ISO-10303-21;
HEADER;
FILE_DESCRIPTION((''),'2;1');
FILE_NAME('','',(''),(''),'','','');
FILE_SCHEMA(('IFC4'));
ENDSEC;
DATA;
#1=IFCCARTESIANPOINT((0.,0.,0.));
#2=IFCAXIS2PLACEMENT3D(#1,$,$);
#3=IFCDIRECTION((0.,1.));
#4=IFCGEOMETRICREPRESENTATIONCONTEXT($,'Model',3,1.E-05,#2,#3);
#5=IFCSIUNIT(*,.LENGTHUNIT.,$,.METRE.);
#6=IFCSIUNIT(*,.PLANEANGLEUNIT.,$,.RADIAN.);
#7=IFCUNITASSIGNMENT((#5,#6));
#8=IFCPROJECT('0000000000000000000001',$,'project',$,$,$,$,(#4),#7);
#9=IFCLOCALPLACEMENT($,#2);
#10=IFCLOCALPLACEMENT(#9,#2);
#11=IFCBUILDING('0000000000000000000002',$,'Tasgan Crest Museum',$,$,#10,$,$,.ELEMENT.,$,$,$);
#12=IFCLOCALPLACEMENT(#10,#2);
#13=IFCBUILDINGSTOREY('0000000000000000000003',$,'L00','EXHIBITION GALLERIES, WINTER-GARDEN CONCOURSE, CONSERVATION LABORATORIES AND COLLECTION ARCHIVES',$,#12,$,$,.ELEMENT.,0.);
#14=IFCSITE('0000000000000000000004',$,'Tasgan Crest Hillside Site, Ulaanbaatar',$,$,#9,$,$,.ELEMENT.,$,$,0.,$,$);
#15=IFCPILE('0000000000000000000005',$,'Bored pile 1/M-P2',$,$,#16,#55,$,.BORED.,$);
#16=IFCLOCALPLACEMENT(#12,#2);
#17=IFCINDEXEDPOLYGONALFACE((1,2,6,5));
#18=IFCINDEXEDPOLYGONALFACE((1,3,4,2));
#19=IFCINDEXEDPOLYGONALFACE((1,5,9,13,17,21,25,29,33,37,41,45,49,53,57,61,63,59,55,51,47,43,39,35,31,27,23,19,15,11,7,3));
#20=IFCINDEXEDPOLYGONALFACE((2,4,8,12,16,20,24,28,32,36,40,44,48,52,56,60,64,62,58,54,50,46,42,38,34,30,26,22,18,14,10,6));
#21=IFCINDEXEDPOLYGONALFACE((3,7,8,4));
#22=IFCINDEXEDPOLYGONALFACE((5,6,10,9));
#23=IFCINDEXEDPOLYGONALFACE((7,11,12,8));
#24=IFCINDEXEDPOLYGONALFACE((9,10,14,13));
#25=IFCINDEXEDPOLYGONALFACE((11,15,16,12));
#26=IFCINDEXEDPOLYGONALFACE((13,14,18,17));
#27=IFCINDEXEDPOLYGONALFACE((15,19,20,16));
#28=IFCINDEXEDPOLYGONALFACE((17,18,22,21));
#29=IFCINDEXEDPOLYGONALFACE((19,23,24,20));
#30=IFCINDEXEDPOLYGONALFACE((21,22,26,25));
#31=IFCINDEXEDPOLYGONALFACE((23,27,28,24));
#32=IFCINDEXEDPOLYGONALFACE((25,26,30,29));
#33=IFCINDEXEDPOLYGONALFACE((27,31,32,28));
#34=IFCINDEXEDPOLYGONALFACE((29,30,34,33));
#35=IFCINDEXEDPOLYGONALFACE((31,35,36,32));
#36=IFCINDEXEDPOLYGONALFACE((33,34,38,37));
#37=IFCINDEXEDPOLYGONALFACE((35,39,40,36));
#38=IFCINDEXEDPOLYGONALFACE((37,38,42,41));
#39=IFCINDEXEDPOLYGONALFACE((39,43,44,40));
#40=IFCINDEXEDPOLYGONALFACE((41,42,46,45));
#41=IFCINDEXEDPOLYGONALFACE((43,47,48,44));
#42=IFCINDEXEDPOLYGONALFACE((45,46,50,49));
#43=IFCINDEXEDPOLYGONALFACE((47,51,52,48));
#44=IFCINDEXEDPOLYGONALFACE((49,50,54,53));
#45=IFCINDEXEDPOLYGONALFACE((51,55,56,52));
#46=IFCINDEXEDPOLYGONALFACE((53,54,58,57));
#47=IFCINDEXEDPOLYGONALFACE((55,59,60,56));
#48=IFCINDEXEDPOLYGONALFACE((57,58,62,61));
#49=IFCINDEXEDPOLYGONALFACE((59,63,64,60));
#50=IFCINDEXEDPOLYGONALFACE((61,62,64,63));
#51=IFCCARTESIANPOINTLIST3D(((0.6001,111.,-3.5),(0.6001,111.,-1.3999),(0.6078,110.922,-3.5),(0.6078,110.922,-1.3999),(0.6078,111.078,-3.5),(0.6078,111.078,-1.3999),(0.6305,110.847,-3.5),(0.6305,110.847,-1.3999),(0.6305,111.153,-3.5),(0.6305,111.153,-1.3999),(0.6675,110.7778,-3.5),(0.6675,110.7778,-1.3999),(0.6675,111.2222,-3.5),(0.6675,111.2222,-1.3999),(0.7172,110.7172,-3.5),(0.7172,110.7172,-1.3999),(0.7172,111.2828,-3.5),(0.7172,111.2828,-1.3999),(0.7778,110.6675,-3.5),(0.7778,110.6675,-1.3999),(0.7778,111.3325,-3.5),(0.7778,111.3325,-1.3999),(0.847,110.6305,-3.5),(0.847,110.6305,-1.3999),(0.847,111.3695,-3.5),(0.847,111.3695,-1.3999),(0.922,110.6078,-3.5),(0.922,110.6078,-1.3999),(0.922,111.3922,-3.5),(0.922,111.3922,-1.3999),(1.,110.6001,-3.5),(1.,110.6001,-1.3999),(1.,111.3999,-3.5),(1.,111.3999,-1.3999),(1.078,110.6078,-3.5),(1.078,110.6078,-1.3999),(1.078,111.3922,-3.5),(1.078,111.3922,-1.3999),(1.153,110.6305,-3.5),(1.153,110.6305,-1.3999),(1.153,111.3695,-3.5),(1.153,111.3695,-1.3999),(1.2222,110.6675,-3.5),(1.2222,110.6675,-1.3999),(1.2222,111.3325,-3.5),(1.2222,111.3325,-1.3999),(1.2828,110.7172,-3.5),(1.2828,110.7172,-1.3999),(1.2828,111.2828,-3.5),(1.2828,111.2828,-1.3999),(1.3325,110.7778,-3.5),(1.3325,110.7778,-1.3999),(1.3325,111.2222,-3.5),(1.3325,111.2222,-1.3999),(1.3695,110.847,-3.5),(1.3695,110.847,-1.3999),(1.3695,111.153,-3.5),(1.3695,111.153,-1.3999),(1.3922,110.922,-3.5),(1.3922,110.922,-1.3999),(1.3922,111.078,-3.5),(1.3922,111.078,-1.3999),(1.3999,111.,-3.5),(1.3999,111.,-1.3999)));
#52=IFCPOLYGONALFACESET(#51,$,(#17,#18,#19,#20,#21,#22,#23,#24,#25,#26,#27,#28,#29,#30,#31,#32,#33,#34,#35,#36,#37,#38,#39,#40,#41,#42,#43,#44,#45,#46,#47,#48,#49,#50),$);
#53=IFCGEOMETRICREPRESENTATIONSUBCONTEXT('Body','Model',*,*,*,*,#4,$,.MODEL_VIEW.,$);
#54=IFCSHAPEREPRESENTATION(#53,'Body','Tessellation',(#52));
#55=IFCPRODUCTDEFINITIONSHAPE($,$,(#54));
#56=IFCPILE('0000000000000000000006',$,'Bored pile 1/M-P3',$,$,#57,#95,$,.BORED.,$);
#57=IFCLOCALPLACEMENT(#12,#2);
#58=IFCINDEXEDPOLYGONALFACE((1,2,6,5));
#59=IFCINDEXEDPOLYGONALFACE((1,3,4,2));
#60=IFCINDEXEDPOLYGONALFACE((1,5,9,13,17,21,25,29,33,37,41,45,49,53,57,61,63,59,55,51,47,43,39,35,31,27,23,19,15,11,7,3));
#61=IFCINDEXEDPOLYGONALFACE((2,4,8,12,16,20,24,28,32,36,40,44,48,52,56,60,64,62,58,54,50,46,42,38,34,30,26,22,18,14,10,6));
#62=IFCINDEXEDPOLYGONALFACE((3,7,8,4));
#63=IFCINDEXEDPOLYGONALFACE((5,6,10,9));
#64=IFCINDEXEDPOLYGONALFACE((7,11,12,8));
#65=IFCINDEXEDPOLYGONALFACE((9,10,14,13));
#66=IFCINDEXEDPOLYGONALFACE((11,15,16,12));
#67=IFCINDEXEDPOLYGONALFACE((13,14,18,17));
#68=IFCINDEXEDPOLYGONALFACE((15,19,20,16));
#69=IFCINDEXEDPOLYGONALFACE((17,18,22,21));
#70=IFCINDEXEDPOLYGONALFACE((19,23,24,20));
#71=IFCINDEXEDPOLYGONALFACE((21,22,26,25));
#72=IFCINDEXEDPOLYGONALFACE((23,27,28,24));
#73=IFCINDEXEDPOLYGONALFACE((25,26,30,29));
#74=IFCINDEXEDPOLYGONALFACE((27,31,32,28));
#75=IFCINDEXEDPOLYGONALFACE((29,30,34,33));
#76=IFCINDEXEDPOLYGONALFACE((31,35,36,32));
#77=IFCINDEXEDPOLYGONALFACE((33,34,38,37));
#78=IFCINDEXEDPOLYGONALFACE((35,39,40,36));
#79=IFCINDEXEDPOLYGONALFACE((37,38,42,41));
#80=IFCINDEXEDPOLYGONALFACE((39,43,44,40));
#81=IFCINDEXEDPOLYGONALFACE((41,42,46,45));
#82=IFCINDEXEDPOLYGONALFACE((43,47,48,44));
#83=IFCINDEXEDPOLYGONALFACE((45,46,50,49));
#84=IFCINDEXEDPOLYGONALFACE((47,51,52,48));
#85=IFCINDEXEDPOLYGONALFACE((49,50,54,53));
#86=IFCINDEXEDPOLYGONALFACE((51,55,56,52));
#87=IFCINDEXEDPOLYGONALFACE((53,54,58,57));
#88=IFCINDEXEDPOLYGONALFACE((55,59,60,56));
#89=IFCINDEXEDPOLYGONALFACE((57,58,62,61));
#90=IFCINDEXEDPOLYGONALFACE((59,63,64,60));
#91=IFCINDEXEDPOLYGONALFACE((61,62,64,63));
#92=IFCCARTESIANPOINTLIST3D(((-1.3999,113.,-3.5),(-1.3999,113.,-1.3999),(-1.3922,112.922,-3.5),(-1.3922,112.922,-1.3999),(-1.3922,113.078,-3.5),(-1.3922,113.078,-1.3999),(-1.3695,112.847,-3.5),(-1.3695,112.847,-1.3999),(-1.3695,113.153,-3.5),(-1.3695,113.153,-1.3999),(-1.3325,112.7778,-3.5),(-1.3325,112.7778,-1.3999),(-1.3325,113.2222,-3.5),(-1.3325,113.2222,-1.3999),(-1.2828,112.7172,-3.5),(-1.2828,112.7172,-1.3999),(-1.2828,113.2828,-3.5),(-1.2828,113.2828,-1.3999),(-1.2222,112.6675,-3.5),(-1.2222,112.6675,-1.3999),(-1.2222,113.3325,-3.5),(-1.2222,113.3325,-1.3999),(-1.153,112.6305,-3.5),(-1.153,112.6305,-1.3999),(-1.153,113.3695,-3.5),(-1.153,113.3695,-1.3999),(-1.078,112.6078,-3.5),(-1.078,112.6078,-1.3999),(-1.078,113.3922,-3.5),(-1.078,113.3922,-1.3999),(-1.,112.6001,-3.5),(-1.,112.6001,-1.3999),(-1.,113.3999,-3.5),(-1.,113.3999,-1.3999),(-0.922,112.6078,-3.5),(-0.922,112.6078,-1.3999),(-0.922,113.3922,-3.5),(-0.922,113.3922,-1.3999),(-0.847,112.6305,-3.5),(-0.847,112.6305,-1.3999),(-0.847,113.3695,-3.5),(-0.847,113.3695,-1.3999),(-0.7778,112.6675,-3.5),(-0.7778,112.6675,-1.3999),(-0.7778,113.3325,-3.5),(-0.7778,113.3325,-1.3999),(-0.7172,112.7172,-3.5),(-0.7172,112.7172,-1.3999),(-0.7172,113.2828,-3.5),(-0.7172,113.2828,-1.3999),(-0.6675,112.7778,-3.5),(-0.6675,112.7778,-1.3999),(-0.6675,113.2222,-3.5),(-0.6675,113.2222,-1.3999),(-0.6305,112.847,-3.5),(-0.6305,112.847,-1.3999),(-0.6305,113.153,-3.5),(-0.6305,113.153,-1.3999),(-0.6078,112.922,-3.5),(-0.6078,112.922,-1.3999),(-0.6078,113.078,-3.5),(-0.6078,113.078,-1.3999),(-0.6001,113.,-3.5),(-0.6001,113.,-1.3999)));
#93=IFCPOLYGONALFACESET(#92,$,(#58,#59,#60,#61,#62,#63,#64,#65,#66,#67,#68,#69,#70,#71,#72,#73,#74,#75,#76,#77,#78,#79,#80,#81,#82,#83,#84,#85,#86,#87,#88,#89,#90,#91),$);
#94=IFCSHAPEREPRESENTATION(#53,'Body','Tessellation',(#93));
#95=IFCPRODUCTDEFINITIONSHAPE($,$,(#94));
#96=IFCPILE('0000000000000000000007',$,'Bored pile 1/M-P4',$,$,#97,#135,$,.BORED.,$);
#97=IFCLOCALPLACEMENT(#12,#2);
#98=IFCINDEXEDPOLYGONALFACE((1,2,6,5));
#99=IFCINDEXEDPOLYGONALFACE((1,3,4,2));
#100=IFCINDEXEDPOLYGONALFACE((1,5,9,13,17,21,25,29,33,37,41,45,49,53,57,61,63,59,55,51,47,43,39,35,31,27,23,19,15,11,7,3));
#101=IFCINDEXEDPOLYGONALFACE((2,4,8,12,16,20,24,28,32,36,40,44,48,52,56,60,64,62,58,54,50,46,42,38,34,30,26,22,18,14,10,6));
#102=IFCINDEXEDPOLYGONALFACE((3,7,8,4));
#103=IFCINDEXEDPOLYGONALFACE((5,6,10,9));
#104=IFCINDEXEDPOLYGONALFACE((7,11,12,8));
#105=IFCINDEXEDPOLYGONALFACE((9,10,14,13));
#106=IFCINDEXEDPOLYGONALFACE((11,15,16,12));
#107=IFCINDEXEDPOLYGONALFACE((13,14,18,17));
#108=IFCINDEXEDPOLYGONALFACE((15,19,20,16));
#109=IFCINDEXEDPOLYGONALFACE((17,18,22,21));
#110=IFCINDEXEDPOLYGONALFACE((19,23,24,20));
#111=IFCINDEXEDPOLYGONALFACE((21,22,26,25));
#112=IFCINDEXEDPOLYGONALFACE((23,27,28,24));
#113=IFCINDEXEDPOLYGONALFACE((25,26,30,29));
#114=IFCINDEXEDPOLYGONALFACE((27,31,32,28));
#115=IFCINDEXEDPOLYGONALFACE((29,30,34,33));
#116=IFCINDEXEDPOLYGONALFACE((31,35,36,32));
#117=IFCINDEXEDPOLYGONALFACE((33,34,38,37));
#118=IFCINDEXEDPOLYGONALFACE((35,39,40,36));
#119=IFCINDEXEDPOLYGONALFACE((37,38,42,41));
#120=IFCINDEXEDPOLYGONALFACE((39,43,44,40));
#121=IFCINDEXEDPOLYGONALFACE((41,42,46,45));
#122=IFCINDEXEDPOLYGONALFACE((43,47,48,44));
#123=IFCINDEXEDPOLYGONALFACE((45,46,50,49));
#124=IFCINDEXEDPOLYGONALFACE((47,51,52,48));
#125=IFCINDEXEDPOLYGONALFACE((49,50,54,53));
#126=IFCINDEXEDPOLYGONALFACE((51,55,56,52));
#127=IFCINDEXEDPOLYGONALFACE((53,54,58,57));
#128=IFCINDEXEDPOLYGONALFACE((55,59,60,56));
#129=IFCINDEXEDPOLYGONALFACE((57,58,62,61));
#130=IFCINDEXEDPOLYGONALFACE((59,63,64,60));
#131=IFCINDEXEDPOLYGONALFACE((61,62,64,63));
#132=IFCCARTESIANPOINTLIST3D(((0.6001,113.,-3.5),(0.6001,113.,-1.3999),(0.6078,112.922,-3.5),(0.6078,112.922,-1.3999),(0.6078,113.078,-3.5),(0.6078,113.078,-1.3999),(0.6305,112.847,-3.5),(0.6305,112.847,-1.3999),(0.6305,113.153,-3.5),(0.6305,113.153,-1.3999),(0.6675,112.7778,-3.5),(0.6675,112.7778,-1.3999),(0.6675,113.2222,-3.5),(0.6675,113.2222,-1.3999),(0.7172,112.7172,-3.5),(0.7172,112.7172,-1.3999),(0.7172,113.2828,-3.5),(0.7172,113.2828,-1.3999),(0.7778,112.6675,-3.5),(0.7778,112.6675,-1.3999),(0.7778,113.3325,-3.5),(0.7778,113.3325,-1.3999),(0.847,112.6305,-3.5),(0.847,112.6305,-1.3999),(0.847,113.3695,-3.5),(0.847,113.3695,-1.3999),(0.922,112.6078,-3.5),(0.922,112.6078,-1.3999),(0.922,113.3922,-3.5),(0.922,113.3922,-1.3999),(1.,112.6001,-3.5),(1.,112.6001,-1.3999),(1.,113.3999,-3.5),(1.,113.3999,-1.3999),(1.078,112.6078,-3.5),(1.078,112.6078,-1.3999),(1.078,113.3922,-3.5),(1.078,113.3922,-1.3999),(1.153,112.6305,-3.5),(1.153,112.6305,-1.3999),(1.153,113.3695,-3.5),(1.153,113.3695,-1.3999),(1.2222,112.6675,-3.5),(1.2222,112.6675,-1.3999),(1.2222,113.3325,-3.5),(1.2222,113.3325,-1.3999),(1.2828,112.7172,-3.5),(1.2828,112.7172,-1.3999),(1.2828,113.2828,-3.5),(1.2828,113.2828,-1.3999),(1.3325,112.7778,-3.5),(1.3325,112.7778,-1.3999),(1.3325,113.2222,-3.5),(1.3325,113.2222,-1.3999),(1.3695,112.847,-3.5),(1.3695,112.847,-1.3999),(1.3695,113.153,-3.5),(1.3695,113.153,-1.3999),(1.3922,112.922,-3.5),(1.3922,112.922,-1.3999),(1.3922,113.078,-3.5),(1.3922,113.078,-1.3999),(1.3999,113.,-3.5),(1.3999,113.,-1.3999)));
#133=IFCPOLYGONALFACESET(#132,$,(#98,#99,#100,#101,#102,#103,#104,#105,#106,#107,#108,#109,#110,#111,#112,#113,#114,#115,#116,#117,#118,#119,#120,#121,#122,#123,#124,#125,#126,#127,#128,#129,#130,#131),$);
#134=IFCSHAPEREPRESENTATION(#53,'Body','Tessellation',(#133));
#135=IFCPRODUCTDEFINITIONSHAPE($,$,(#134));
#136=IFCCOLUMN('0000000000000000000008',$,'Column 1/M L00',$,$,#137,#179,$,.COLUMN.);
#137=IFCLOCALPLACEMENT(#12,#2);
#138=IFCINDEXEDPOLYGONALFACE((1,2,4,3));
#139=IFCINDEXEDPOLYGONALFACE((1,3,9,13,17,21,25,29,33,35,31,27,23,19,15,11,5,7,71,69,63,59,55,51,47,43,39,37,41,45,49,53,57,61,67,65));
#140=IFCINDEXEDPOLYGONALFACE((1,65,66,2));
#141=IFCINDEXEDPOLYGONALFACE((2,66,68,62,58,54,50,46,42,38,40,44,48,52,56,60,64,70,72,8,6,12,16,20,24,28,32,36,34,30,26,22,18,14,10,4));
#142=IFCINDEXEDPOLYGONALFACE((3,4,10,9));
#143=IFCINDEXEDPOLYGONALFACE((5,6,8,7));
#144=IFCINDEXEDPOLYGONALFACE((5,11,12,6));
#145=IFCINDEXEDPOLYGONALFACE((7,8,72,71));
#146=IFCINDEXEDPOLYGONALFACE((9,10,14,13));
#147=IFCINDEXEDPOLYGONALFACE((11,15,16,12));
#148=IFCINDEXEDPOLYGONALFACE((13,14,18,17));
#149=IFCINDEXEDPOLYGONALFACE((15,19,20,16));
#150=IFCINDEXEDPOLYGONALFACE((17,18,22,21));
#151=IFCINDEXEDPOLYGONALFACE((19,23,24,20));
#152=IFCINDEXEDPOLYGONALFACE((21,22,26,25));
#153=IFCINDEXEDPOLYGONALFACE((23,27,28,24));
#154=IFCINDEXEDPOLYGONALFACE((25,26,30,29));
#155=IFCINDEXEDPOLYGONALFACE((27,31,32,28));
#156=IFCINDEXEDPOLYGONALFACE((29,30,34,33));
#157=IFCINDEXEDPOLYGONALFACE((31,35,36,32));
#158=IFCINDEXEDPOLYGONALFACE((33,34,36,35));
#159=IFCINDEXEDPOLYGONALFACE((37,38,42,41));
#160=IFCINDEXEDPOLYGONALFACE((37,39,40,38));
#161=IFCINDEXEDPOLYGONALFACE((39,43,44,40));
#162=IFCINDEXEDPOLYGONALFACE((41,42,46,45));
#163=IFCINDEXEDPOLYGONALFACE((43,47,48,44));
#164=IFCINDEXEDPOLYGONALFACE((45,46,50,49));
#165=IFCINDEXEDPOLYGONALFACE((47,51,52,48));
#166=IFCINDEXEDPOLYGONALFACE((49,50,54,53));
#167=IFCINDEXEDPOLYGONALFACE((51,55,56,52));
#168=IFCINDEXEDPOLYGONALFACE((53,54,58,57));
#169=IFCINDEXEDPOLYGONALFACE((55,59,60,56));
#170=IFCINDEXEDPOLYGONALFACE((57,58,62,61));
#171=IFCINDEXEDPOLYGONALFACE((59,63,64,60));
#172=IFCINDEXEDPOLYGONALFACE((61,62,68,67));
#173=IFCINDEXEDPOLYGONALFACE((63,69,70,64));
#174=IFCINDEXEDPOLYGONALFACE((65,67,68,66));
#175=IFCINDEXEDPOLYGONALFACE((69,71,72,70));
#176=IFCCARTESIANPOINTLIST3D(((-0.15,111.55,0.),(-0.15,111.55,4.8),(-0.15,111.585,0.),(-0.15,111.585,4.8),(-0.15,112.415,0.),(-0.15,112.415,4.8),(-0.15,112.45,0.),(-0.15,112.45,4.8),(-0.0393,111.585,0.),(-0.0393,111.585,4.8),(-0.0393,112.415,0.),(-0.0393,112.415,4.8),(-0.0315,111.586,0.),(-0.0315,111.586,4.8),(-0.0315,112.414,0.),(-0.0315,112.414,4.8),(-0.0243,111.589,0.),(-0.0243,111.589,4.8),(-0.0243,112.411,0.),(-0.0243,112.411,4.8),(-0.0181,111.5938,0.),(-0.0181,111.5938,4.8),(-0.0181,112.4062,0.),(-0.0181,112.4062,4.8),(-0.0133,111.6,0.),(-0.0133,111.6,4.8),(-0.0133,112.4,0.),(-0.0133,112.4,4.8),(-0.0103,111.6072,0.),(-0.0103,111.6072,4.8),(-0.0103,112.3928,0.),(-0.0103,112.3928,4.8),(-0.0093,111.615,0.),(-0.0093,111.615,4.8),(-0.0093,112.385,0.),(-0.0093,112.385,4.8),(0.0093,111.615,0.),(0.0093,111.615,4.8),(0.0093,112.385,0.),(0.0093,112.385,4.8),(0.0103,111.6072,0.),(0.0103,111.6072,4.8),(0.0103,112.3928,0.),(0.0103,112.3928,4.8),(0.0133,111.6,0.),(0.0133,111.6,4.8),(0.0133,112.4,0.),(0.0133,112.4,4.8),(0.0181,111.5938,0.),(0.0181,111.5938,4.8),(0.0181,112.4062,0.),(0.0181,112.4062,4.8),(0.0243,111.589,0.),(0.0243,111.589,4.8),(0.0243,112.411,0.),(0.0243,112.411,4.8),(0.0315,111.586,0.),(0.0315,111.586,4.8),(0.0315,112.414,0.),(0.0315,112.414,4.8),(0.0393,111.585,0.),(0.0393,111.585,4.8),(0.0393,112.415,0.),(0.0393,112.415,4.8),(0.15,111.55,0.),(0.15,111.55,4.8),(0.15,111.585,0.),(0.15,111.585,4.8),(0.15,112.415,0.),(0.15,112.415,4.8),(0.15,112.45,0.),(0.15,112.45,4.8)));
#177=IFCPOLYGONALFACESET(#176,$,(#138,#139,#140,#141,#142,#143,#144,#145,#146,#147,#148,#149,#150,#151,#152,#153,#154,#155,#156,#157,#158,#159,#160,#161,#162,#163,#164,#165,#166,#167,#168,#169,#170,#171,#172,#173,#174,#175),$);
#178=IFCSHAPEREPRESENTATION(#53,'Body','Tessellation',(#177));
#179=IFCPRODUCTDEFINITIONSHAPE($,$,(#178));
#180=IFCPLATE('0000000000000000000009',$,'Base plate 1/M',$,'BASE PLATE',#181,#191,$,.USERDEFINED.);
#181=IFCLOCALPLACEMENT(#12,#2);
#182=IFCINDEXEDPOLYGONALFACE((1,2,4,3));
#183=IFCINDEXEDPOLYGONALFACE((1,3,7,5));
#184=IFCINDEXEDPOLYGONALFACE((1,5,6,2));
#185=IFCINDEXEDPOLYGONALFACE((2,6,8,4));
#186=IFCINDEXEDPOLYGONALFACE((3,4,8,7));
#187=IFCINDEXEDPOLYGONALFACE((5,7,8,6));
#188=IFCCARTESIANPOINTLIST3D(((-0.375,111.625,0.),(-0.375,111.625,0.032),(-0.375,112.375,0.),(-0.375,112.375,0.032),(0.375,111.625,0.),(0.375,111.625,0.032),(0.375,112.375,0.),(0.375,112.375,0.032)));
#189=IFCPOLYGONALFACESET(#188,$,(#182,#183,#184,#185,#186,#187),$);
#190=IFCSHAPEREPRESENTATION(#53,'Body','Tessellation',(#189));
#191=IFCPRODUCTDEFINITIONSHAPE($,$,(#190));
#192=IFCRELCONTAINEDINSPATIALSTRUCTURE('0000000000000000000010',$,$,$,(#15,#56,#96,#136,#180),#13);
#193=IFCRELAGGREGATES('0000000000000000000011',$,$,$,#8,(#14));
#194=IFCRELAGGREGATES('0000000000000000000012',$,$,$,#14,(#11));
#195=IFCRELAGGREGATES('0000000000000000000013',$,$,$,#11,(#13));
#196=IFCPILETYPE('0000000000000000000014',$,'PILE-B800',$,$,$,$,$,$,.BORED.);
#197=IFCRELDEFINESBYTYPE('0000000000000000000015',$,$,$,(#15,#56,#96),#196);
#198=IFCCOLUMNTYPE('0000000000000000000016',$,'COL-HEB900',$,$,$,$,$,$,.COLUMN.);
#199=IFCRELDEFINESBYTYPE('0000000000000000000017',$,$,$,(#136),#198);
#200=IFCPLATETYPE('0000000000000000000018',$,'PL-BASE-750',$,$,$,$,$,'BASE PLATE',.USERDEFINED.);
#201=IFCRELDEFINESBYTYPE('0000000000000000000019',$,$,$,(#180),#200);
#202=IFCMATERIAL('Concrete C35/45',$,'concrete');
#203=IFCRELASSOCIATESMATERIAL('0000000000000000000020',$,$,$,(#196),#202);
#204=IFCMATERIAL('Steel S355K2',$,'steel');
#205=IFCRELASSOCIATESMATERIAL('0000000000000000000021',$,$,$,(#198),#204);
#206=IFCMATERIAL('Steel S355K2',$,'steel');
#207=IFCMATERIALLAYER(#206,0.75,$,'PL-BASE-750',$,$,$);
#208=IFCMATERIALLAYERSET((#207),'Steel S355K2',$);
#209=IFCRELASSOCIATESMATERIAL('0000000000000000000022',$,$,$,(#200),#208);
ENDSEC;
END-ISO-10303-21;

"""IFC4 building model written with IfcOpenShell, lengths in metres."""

from ifc_helpers import new_model, si_unit, direction, frame, origin, origin_2d, place, context, subcontext, project, spatial, rectangle, circle, i_section, extrude, material, layer, layer_set, material_profile, profile_set, type_object, element, save


model = new_model("IFC4")

# Units and contexts
model_context = context("Model", 3, precision=1e-05, world=origin(), true_north=direction((0.0, 1.0)))
body_context = subcontext(model_context, "Body", "Model", "MODEL_VIEW")
ifc_project = project(units=[si_unit("LENGTHUNIT", "METRE"), si_unit("PLANEANGLEUNIT", "RADIAN")], contexts=[model_context])

# Site, building, storey
site_placement = place(None, origin())
site = spatial("IfcSite", under=ifc_project, at=site_placement, Name="Tasgan Crest Hillside Site, Ulaanbaatar", CompositionType="ELEMENT", RefElevation=0.0)
building_placement = place(site_placement, origin())
building = spatial("IfcBuilding", under=site, at=building_placement, Name="Tasgan Crest Museum", CompositionType="ELEMENT")
storey_placement = place(building_placement, origin())
storey = spatial("IfcBuildingStorey", under=building, at=storey_placement, Name="L00", Description="EXHIBITION GALLERIES, WINTER-GARDEN CONCOURSE, CONSERVATION LABORATORIES AND COLLECTION ARCHIVES", CompositionType="ELEMENT", Elevation=0.0)

# Piles
ifc_material_1 = material(Name="Concrete C35/45", Category="concrete")
ifc_material_profile_1 = material_profile(ifc_material_1, circle(Radius=0.3999, at=origin_2d()), Name="PILE D800")
ifc_profile_set_1 = profile_set([ifc_material_profile_1], Name="Concrete C35/45")
pile_type = type_object("IfcPileType", Name="PILE-B800", PredefinedType="BORED", material=ifc_profile_set_1)
for number, where, z_axis, x_axis, name in (
    (1, (1.0, 111.0, -1.3999), (0.0, 0.0, -1.0), (1.0, 0.0, 0.0), "Bored pile 1/M-P2"),
    (2, (-1.0, 113.0, -1.3999), (0.0, 0.0, -1.0), (1.0, 0.0, 0.0), "Bored pile 1/M-P3"),
    (3, (1.0, 113.0, -1.3999), (0.0, 0.0, -1.0), (1.0, 0.0, 0.0), "Bored pile 1/M-P4"),
):
    element("IfcPile", number, at=place(storey_placement, frame(where, z_axis=z_axis, x_axis=x_axis)), inside=storey, type_object=pile_type, Name=name, PredefinedType="BORED", context=body_context, shape_type="SweptSolid", body=[
        extrude(circle(Radius=0.3999, at=origin_2d()), origin(), (0.0, 0.0, 1.0), 2.1001),
    ])

# Column
ifc_material_2 = material(Name="Steel S355K2", Category="steel")
ifc_material_profile_2 = material_profile(ifc_material_2, i_section(OverallWidth=0.3, OverallDepth=0.8999, WebThickness=0.0186, FlangeThickness=0.0349, FilletRadius=0.03, at=origin_2d()), Name="HEB 900")
ifc_profile_set_2 = profile_set([ifc_material_profile_2], Name="Steel S355K2")
column_type = type_object("IfcColumnType", Name="COL-HEB900", PredefinedType="COLUMN", material=ifc_profile_set_2)
column_placement = place(storey_placement, frame((0.0, 112.0, 0.0), z_axis=(0.0, 0.0, 1.0), x_axis=(1.0, 0.0, 0.0)))
element("IfcColumn", 4, at=column_placement, inside=storey, type_object=column_type, Name="Column 1/M L00", PredefinedType="COLUMN", context=body_context, shape_type="SweptSolid", body=[
    extrude(i_section(OverallWidth=0.3, OverallDepth=0.8999, WebThickness=0.0186, FlangeThickness=0.0349, FilletRadius=0.03, at=origin_2d()), origin(), (0.0, 0.0, 1.0), 4.8),
])

# Plate
ifc_material_3 = material(Name="Steel S355K2", Category="steel")
ifc_layer_1 = layer(ifc_material_3, 0.75, Name="PL-BASE-750")
ifc_layer_set_1 = layer_set([ifc_layer_1], Name="Steel S355K2")
plate_type = type_object("IfcPlateType", Name="PL-BASE-750", ElementType="BASE PLATE", PredefinedType="USERDEFINED", material=ifc_layer_set_1)
plate_placement = place(storey_placement, frame((0.0, 112.0, 0.0), z_axis=(0.0, 0.0, 1.0), x_axis=(1.0, 0.0, 0.0)))
element("IfcPlate", 5, at=plate_placement, inside=storey, type_object=plate_type, Name="Base plate 1/M", ObjectType="BASE PLATE", PredefinedType="USERDEFINED", context=body_context, shape_type="SweptSolid", body=[
    extrude(rectangle(XDim=0.75, YDim=0.75, at=origin_2d()), origin(), (0.0, 0.0, 1.0), 0.032),
])

save(model, "model.ifc")
